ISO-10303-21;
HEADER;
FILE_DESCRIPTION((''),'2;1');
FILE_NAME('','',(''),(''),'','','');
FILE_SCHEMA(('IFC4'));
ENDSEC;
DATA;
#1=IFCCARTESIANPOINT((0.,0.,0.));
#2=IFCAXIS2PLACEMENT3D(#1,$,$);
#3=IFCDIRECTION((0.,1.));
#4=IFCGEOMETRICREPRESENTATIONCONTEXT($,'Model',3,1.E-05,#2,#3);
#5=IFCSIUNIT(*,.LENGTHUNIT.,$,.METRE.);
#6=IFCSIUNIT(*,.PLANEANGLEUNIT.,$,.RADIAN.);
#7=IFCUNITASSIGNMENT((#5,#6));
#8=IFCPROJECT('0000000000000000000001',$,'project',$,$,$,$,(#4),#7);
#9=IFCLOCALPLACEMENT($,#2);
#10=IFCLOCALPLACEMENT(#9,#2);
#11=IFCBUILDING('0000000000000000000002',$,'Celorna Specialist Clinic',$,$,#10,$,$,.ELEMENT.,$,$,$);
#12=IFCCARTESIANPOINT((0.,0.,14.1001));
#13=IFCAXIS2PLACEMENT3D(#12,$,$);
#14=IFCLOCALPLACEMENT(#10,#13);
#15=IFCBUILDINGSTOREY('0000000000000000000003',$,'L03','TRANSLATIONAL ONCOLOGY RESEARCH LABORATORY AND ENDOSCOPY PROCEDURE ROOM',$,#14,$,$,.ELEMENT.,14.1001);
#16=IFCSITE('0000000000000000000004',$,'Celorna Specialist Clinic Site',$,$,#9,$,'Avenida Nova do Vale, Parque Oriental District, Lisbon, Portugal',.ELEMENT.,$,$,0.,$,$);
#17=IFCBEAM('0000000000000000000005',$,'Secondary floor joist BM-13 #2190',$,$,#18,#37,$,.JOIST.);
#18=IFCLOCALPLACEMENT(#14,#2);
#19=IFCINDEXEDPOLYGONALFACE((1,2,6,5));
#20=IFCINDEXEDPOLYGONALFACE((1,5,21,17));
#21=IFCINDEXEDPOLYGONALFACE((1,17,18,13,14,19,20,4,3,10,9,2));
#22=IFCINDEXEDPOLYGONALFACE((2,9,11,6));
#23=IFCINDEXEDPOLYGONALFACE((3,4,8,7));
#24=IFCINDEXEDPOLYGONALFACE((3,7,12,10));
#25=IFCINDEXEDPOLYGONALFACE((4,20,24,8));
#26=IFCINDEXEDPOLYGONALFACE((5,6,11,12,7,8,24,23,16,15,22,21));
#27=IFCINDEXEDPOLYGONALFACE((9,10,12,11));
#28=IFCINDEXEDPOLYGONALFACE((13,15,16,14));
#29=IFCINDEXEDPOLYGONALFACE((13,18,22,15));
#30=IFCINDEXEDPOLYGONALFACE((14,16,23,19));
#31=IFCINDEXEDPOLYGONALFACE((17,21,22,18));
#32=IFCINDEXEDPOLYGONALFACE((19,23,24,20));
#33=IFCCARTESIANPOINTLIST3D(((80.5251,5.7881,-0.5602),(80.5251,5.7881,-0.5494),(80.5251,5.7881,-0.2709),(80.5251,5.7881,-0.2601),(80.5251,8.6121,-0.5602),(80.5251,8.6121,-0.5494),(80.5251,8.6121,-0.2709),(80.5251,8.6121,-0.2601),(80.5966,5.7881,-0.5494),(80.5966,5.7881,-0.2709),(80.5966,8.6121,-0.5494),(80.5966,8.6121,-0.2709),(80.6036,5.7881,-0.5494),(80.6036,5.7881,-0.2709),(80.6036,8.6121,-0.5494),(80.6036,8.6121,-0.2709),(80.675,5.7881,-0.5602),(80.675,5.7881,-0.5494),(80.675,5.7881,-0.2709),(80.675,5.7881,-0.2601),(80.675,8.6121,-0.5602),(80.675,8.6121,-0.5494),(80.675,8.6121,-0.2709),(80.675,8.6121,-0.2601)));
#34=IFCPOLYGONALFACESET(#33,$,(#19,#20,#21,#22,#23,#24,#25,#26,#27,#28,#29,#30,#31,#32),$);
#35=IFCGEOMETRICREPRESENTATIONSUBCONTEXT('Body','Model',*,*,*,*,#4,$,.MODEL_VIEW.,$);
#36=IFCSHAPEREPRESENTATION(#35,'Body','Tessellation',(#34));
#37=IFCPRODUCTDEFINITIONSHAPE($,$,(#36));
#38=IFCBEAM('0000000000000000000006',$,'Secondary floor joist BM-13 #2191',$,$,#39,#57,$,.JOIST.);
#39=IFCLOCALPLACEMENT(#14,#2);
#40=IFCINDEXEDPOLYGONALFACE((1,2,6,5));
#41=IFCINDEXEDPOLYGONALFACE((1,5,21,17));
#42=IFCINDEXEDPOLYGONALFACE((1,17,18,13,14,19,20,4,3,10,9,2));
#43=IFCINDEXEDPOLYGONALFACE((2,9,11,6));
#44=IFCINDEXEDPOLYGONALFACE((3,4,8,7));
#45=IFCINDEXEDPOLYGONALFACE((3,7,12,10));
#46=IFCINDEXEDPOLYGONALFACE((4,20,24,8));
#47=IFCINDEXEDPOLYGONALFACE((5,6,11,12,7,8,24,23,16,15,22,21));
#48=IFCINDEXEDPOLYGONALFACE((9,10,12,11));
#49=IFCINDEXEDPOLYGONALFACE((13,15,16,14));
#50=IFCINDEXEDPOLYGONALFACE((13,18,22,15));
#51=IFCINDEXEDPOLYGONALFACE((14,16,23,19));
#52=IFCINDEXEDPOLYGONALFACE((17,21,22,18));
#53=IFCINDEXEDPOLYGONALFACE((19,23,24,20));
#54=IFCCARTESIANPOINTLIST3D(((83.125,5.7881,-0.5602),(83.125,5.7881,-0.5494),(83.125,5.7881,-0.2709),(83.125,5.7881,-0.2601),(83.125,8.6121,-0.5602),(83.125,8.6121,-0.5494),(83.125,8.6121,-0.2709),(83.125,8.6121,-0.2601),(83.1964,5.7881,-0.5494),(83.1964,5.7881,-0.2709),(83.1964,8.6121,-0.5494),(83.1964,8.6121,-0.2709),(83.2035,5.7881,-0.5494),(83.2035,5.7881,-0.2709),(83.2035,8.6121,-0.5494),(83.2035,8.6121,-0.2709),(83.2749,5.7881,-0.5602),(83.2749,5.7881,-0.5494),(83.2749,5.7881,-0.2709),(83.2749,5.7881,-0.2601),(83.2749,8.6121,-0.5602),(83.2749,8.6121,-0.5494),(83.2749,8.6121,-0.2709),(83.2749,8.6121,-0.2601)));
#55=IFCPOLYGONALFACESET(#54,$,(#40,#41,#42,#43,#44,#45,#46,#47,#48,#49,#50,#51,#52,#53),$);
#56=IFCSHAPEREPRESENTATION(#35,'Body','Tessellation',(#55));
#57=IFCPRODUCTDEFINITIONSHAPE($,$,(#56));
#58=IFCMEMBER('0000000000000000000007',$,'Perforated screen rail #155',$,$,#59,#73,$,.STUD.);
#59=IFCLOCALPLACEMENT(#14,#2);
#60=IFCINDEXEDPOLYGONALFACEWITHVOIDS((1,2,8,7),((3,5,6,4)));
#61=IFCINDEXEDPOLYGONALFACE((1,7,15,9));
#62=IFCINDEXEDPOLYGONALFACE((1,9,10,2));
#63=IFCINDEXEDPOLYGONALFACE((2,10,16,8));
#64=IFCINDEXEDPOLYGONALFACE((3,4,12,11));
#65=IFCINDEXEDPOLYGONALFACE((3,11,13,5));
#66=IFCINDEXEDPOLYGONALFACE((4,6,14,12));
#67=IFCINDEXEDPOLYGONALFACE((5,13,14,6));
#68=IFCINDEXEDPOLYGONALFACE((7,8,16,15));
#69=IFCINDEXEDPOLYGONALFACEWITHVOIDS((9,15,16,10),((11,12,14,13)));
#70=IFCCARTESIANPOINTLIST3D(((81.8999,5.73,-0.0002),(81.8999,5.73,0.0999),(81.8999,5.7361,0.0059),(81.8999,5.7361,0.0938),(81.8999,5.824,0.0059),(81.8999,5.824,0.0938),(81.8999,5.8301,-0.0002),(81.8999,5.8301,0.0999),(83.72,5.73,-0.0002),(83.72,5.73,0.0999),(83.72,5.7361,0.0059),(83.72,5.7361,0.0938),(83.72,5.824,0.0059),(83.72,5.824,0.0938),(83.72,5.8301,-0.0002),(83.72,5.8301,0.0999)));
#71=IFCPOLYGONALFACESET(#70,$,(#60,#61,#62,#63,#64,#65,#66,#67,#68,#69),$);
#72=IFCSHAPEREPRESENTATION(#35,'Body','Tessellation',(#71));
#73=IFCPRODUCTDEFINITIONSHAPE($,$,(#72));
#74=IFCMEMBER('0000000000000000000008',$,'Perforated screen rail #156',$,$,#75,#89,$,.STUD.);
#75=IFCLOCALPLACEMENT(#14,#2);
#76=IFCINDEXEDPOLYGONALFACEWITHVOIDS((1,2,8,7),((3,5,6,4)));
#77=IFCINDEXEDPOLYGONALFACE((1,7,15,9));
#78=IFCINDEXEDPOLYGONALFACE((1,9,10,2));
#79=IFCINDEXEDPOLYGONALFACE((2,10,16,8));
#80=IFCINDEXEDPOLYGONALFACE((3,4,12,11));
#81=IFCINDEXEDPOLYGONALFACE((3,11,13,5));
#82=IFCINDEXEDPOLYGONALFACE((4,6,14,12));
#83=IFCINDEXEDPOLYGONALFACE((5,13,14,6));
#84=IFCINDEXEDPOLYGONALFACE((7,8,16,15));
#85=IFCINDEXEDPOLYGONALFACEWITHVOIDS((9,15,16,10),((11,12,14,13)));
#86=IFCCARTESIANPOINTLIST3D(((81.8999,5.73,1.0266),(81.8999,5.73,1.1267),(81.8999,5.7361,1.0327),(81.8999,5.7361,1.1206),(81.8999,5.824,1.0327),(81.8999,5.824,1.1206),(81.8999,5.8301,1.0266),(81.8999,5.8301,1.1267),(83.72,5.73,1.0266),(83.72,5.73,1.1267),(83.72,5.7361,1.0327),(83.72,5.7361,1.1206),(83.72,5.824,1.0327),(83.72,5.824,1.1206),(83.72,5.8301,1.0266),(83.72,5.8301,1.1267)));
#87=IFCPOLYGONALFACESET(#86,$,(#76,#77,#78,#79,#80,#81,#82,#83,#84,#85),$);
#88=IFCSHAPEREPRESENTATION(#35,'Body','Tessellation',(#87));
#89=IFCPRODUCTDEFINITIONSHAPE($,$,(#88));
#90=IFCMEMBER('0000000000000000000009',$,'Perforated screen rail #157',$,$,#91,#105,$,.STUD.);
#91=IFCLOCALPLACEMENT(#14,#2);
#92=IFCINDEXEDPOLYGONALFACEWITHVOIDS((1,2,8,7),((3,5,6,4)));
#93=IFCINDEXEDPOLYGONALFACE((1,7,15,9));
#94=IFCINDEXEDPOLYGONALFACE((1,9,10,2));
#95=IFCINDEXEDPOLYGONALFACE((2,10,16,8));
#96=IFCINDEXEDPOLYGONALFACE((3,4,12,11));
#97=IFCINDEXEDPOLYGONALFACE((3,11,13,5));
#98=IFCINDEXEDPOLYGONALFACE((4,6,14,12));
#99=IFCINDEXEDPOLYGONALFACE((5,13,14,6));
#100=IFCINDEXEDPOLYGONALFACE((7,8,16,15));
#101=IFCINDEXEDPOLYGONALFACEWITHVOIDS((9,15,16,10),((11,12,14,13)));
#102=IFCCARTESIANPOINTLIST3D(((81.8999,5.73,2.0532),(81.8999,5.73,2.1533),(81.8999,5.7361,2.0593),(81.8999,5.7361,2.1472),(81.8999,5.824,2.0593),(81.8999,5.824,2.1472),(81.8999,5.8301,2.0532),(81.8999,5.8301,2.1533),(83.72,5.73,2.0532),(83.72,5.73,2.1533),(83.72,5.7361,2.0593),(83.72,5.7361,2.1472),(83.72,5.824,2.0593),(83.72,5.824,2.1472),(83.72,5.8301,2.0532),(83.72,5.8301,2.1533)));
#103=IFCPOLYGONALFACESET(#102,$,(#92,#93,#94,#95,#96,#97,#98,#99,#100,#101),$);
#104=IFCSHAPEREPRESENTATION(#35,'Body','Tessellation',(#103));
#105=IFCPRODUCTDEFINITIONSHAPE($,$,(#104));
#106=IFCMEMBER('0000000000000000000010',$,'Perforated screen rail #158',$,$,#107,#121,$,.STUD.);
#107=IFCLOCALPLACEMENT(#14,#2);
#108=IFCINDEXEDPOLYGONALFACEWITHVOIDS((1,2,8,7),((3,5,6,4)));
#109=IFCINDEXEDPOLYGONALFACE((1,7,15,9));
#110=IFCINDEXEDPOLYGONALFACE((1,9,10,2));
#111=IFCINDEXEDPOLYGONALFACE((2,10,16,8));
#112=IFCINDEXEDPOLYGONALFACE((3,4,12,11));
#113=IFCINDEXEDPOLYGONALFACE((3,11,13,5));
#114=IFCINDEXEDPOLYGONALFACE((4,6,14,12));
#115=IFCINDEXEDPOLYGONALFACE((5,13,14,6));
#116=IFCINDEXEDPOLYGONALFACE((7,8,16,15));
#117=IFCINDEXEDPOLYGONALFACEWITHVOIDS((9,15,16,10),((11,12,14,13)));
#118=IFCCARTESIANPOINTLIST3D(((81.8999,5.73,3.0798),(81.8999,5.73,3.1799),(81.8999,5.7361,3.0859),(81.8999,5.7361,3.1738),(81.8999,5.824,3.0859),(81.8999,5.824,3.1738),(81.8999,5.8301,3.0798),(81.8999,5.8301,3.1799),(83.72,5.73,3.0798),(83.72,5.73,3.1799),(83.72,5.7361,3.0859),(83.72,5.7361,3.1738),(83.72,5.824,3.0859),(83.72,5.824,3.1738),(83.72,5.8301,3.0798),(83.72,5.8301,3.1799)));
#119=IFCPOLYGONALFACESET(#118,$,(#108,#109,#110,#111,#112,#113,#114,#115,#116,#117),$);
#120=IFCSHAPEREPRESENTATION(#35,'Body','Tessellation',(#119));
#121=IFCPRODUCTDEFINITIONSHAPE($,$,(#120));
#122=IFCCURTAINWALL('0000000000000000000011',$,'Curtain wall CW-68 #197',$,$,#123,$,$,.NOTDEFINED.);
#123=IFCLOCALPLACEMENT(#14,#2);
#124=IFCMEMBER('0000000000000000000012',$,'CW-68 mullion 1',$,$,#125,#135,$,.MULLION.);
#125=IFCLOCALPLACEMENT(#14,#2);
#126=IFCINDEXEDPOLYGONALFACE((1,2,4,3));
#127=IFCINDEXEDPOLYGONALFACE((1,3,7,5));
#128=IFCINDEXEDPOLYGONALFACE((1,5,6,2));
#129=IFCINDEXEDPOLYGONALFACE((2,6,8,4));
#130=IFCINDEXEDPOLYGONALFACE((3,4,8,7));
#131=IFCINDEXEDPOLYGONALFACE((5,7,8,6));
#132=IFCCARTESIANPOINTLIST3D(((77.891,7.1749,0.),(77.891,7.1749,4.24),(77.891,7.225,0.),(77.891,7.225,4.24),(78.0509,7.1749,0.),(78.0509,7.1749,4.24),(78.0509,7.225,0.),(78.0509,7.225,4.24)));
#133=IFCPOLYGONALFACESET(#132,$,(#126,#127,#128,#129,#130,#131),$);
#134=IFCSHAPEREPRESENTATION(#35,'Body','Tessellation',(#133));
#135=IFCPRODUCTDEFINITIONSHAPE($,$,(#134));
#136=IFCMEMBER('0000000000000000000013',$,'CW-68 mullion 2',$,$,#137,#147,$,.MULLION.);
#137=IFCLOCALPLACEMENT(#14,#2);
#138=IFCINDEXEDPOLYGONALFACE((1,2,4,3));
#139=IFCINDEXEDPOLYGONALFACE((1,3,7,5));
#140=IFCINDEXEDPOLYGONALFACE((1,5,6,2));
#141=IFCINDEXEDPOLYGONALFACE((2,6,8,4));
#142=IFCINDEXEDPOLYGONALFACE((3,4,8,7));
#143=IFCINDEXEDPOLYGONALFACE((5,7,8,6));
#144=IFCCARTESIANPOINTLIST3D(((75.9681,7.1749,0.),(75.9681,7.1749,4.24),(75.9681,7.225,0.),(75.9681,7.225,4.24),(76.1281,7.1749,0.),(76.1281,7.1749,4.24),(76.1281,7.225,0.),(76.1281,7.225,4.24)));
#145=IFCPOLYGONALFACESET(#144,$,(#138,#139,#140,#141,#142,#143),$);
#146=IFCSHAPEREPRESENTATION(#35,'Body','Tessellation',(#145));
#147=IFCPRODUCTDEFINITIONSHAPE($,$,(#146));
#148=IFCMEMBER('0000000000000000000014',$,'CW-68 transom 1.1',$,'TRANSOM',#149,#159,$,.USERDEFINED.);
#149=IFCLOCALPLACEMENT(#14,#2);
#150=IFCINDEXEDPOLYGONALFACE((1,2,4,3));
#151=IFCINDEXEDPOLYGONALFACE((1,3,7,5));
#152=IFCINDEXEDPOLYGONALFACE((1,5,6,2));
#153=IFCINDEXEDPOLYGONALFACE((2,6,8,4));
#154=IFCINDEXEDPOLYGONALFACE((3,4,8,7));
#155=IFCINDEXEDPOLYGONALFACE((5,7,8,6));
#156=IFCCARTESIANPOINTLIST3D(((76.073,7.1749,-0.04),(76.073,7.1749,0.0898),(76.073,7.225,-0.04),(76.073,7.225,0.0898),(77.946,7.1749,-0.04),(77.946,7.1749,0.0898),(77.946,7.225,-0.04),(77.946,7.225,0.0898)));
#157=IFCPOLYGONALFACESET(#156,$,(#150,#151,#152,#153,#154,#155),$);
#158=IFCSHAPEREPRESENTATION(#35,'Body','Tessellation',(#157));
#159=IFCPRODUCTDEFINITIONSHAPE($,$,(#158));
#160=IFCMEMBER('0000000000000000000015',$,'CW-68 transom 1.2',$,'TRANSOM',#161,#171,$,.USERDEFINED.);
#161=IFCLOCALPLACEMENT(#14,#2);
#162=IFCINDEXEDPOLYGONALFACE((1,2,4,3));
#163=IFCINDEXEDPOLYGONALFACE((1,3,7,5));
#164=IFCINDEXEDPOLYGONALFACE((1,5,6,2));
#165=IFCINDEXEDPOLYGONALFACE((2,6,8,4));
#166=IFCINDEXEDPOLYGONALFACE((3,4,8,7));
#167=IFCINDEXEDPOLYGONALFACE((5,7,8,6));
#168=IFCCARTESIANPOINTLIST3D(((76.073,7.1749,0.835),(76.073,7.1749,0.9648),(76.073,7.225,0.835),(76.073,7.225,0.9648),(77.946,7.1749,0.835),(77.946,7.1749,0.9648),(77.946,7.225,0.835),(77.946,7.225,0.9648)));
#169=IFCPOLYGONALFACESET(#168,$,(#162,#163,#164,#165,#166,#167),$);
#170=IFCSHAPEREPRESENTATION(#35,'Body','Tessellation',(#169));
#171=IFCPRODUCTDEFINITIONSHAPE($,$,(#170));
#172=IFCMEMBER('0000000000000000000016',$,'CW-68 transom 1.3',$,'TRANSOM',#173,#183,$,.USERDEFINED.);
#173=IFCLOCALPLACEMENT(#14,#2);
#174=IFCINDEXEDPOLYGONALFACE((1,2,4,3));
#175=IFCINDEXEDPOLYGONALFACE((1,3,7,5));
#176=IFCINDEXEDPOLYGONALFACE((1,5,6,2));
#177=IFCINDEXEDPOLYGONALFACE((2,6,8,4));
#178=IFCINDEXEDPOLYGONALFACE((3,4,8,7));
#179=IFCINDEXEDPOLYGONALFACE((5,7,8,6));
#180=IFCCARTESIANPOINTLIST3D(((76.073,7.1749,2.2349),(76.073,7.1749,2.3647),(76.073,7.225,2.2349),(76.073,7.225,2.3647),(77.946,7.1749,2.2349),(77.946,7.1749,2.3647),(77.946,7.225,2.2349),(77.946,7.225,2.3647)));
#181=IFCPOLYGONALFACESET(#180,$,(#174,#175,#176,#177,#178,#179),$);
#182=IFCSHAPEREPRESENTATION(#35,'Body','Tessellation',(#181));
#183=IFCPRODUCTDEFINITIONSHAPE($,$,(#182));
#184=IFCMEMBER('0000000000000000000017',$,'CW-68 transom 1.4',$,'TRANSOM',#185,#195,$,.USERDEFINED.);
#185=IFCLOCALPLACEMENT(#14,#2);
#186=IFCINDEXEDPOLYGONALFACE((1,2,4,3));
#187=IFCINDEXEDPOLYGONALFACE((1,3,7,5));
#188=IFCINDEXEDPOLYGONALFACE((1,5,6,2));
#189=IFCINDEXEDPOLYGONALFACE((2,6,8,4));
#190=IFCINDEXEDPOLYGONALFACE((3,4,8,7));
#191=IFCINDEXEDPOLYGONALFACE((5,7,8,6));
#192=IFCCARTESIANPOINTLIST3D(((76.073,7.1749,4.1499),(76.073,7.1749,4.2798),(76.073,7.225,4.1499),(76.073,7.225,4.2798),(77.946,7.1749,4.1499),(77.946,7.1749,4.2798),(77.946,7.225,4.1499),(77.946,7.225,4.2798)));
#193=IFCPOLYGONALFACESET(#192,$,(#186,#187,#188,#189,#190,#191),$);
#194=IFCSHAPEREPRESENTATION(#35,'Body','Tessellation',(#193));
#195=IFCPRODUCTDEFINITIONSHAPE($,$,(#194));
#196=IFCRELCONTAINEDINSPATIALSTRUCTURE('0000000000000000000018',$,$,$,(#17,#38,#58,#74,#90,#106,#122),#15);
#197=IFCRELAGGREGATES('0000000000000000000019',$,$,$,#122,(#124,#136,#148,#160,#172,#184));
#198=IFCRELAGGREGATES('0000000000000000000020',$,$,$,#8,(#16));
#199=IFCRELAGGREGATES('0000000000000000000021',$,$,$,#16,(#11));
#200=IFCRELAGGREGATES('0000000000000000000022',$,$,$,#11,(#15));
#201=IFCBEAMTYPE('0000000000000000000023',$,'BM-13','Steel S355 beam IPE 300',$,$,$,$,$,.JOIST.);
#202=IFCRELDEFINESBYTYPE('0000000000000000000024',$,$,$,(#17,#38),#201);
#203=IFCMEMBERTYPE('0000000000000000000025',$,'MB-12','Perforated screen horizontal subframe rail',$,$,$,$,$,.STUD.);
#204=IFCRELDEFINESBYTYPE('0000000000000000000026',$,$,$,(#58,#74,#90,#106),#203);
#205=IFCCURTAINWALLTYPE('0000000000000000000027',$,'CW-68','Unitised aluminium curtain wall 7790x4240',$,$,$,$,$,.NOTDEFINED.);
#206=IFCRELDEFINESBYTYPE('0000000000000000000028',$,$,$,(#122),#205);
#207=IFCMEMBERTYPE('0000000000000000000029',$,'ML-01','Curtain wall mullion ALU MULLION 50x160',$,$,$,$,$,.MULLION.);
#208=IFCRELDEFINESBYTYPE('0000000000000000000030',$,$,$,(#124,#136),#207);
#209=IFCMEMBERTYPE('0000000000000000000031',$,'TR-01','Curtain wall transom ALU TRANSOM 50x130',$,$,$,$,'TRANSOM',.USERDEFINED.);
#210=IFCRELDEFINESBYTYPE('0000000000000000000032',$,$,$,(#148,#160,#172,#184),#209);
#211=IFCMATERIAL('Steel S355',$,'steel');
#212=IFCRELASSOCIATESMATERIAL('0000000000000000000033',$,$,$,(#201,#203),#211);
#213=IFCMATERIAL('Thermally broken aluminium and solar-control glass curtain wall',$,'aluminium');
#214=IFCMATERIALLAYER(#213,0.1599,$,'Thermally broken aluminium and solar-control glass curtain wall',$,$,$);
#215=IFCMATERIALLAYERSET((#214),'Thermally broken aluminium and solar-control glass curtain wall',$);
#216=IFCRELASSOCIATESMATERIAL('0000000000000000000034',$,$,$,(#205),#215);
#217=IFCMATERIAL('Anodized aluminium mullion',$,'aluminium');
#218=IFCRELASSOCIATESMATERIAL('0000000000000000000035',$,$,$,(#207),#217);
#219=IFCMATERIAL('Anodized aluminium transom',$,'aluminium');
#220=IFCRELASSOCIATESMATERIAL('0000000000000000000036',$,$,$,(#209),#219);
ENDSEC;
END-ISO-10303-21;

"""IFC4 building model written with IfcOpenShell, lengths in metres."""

from ifc_helpers import new_model, si_unit, direction, frame, origin, origin_2d, place, context, subcontext, project, spatial, rectangle, hollow_rectangle, i_section, extrude, material, layer, layer_set, material_profile, profile_set, type_object, element, aggregate, save


model = new_model("IFC4")

# Units and contexts
model_context = context("Model", 3, precision=1e-05, world=origin(), true_north=direction((0.0, 1.0)))
body_context = subcontext(model_context, "Body", "Model", "MODEL_VIEW")
ifc_project = project(units=[si_unit("LENGTHUNIT", "METRE"), si_unit("PLANEANGLEUNIT", "RADIAN")], contexts=[model_context])

# Site, building, storey
site_placement = place(None, origin())
site = spatial("IfcSite", under=ifc_project, at=site_placement, Name="Celorna Specialist Clinic Site", LongName="Avenida Nova do Vale, Parque Oriental District, Lisbon, Portugal", CompositionType="ELEMENT", RefElevation=0.0)
building_placement = place(site_placement, origin())
building = spatial("IfcBuilding", under=site, at=building_placement, Name="Celorna Specialist Clinic", CompositionType="ELEMENT")
storey_placement = place(building_placement, frame((0.0, 0.0, 14.1001)))
storey = spatial("IfcBuildingStorey", under=building, at=storey_placement, Name="L03", Description="TRANSLATIONAL ONCOLOGY RESEARCH LABORATORY AND ENDOSCOPY PROCEDURE ROOM", CompositionType="ELEMENT", Elevation=14.1001)

# Beams
ifc_material_1 = material(Name="Steel S355", Category="steel")
ifc_material_profile_1 = material_profile(ifc_material_1, i_section(OverallWidth=0.1499, OverallDepth=0.3, WebThickness=0.0071, FlangeThickness=0.0107, at=origin_2d()), Name="IPE 300")
ifc_profile_set_1 = profile_set([ifc_material_profile_1], Name="Steel S355")
beam_type = type_object("IfcBeamType", Name="BM-13", Description="Steel S355 beam IPE 300", PredefinedType="JOIST", material=ifc_profile_set_1)
for number, where, z_axis, x_axis, name in (
    (1, (80.6001, 5.7881, -0.4102), (0.0, 1.0, 0.0), (-1.0, 0.0, 0.0), "Secondary floor joist BM-13 #2190"),
    (2, (83.2, 5.7881, -0.4102), (0.0, 1.0, 0.0), (-1.0, 0.0, 0.0), "Secondary floor joist BM-13 #2191"),
):
    element("IfcBeam", number, at=place(storey_placement, frame(where, z_axis=z_axis, x_axis=x_axis)), inside=storey, type_object=beam_type, Name=name, PredefinedType="JOIST", context=body_context, shape_type="SweptSolid", body=[
        extrude(i_section(OverallWidth=0.1499, OverallDepth=0.3, WebThickness=0.0071, FlangeThickness=0.0107, at=origin_2d()), origin(), (0.0, 0.0, 1.0), 2.824),
    ])

# Members
ifc_material_profile_2 = material_profile(ifc_material_1, hollow_rectangle(XDim=0.1001, YDim=0.1001, WallThickness=0.0061, at=origin_2d()), Name="SHS 100x100x6")
ifc_profile_set_2 = profile_set([ifc_material_profile_2], Name="Steel S355")
member_type_1 = type_object("IfcMemberType", Name="MB-12", Description="Perforated screen horizontal subframe rail", PredefinedType="STUD", material=ifc_profile_set_2)
for number, where, z_axis, x_axis, name in (
    (3, (81.8999, 5.78, 0.0498), (1.0, 0.0, 0.0), (0.0, 1.0, 0.0), "Perforated screen rail #155"),
    (4, (81.8999, 5.78, 1.0767), (1.0, 0.0, 0.0), (0.0, 1.0, 0.0), "Perforated screen rail #156"),
    (5, (81.8999, 5.78, 2.1033), (1.0, 0.0, 0.0), (0.0, 1.0, 0.0), "Perforated screen rail #157"),
    (6, (81.8999, 5.78, 3.1299), (1.0, 0.0, 0.0), (0.0, 1.0, 0.0), "Perforated screen rail #158"),
):
    element("IfcMember", number, at=place(storey_placement, frame(where, z_axis=z_axis, x_axis=x_axis)), inside=storey, type_object=member_type_1, Name=name, PredefinedType="STUD", context=body_context, shape_type="SweptSolid", body=[
        extrude(hollow_rectangle(XDim=0.1001, YDim=0.1001, WallThickness=0.0061, at=origin_2d()), origin(), (0.0, 0.0, 1.0), 1.8201),
    ])

# Curtain wall, members
ifc_material_2 = material(Name="Thermally broken aluminium and solar-control glass curtain wall", Category="aluminium")
ifc_layer_1 = layer(ifc_material_2, 0.1599, Name="Thermally broken aluminium and solar-control glass curtain wall")
ifc_layer_set_1 = layer_set([ifc_layer_1], Name="Thermally broken aluminium and solar-control glass curtain wall")
curtain_wall_type = type_object("IfcCurtainWallType", Name="CW-68", Description="Unitised aluminium curtain wall 7790x4240", PredefinedType="NOTDEFINED", material=ifc_layer_set_1)
curtain_wall_placement = place(storey_placement, origin())
curtain_wall = element("IfcCurtainWall", 7, at=curtain_wall_placement, inside=storey, type_object=curtain_wall_type, Name="Curtain wall CW-68 #197", PredefinedType="NOTDEFINED")
ifc_material_3 = material(Name="Anodized aluminium mullion", Category="aluminium")
ifc_material_profile_3 = material_profile(ifc_material_3, rectangle(XDim=0.05, YDim=0.1599, at=origin_2d()), Name="ALU MULLION 50x160")
ifc_profile_set_3 = profile_set([ifc_material_profile_3], Name="Anodized aluminium mullion")
member_type_2 = type_object("IfcMemberType", Name="ML-01", Description="Curtain wall mullion ALU MULLION 50x160", PredefinedType="MULLION", material=ifc_profile_set_3)
member_1_placement = place(storey_placement, frame((77.9709, 7.2, 0.0), z_axis=(0.0, 0.0, 1.0), x_axis=(0.0, -1.0, 0.0)))
member_1 = element("IfcMember", 8, at=member_1_placement, type_object=member_type_2, Name="CW-68 mullion 1", PredefinedType="MULLION", context=body_context, shape_type="SweptSolid", body=[
    extrude(rectangle(XDim=0.05, YDim=0.1599, at=origin_2d()), origin(), (0.0, 0.0, 1.0), 4.24),
])
member_2_placement = place(storey_placement, frame((76.0481, 7.2, 0.0), z_axis=(0.0, 0.0, 1.0), x_axis=(0.0, -1.0, 0.0)))
member_2 = element("IfcMember", 9, at=member_2_placement, type_object=member_type_2, Name="CW-68 mullion 2", PredefinedType="MULLION", context=body_context, shape_type="SweptSolid", body=[
    extrude(rectangle(XDim=0.05, YDim=0.1599, at=origin_2d()), origin(), (0.0, 0.0, 1.0), 4.24),
])
ifc_material_4 = material(Name="Anodized aluminium transom", Category="aluminium")
ifc_material_profile_4 = material_profile(ifc_material_4, rectangle(XDim=0.05, YDim=0.1299, at=origin_2d()), Name="ALU TRANSOM 50x130")
ifc_profile_set_4 = profile_set([ifc_material_profile_4], Name="Anodized aluminium transom")
member_type_3 = type_object("IfcMemberType", Name="TR-01", Description="Curtain wall transom ALU TRANSOM 50x130", ElementType="TRANSOM", PredefinedType="USERDEFINED", material=ifc_profile_set_4)
member_3_placement = place(storey_placement, frame((77.946, 7.2, 0.0249), z_axis=(-1.0, 0.0, 0.0), x_axis=(0.0, -1.0, 0.0)))
member_3 = element("IfcMember", 10, at=member_3_placement, type_object=member_type_3, Name="CW-68 transom 1.1", ObjectType="TRANSOM", PredefinedType="USERDEFINED", context=body_context, shape_type="SweptSolid", body=[
    extrude(rectangle(XDim=0.05, YDim=0.1299, at=origin_2d()), origin(), (0.0, 0.0, 1.0), 1.873),
])
member_4_placement = place(storey_placement, frame((77.946, 7.2, 0.8999), z_axis=(-1.0, 0.0, 0.0), x_axis=(0.0, -1.0, 0.0)))
member_4 = element("IfcMember", 11, at=member_4_placement, type_object=member_type_3, Name="CW-68 transom 1.2", ObjectType="TRANSOM", PredefinedType="USERDEFINED", context=body_context, shape_type="SweptSolid", body=[
    extrude(rectangle(XDim=0.05, YDim=0.1299, at=origin_2d()), origin(), (0.0, 0.0, 1.0), 1.873),
])
member_5_placement = place(storey_placement, frame((77.946, 7.2, 2.2998), z_axis=(-1.0, 0.0, 0.0), x_axis=(0.0, -1.0, 0.0)))
member_5 = element("IfcMember", 12, at=member_5_placement, type_object=member_type_3, Name="CW-68 transom 1.3", ObjectType="TRANSOM", PredefinedType="USERDEFINED", context=body_context, shape_type="SweptSolid", body=[
    extrude(rectangle(XDim=0.05, YDim=0.1299, at=origin_2d()), origin(), (0.0, 0.0, 1.0), 1.873),
])
member_6_placement = place(storey_placement, frame((77.946, 7.2, 4.2148), z_axis=(-1.0, 0.0, 0.0), x_axis=(0.0, -1.0, 0.0)))
member_6 = element("IfcMember", 13, at=member_6_placement, type_object=member_type_3, Name="CW-68 transom 1.4", ObjectType="TRANSOM", PredefinedType="USERDEFINED", context=body_context, shape_type="SweptSolid", body=[
    extrude(rectangle(XDim=0.05, YDim=0.1299, at=origin_2d()), origin(), (0.0, 0.0, 1.0), 1.873),
])
aggregate(curtain_wall, [member_1, member_2, member_3, member_4, member_5, member_6])

save(model, "model.ifc")
